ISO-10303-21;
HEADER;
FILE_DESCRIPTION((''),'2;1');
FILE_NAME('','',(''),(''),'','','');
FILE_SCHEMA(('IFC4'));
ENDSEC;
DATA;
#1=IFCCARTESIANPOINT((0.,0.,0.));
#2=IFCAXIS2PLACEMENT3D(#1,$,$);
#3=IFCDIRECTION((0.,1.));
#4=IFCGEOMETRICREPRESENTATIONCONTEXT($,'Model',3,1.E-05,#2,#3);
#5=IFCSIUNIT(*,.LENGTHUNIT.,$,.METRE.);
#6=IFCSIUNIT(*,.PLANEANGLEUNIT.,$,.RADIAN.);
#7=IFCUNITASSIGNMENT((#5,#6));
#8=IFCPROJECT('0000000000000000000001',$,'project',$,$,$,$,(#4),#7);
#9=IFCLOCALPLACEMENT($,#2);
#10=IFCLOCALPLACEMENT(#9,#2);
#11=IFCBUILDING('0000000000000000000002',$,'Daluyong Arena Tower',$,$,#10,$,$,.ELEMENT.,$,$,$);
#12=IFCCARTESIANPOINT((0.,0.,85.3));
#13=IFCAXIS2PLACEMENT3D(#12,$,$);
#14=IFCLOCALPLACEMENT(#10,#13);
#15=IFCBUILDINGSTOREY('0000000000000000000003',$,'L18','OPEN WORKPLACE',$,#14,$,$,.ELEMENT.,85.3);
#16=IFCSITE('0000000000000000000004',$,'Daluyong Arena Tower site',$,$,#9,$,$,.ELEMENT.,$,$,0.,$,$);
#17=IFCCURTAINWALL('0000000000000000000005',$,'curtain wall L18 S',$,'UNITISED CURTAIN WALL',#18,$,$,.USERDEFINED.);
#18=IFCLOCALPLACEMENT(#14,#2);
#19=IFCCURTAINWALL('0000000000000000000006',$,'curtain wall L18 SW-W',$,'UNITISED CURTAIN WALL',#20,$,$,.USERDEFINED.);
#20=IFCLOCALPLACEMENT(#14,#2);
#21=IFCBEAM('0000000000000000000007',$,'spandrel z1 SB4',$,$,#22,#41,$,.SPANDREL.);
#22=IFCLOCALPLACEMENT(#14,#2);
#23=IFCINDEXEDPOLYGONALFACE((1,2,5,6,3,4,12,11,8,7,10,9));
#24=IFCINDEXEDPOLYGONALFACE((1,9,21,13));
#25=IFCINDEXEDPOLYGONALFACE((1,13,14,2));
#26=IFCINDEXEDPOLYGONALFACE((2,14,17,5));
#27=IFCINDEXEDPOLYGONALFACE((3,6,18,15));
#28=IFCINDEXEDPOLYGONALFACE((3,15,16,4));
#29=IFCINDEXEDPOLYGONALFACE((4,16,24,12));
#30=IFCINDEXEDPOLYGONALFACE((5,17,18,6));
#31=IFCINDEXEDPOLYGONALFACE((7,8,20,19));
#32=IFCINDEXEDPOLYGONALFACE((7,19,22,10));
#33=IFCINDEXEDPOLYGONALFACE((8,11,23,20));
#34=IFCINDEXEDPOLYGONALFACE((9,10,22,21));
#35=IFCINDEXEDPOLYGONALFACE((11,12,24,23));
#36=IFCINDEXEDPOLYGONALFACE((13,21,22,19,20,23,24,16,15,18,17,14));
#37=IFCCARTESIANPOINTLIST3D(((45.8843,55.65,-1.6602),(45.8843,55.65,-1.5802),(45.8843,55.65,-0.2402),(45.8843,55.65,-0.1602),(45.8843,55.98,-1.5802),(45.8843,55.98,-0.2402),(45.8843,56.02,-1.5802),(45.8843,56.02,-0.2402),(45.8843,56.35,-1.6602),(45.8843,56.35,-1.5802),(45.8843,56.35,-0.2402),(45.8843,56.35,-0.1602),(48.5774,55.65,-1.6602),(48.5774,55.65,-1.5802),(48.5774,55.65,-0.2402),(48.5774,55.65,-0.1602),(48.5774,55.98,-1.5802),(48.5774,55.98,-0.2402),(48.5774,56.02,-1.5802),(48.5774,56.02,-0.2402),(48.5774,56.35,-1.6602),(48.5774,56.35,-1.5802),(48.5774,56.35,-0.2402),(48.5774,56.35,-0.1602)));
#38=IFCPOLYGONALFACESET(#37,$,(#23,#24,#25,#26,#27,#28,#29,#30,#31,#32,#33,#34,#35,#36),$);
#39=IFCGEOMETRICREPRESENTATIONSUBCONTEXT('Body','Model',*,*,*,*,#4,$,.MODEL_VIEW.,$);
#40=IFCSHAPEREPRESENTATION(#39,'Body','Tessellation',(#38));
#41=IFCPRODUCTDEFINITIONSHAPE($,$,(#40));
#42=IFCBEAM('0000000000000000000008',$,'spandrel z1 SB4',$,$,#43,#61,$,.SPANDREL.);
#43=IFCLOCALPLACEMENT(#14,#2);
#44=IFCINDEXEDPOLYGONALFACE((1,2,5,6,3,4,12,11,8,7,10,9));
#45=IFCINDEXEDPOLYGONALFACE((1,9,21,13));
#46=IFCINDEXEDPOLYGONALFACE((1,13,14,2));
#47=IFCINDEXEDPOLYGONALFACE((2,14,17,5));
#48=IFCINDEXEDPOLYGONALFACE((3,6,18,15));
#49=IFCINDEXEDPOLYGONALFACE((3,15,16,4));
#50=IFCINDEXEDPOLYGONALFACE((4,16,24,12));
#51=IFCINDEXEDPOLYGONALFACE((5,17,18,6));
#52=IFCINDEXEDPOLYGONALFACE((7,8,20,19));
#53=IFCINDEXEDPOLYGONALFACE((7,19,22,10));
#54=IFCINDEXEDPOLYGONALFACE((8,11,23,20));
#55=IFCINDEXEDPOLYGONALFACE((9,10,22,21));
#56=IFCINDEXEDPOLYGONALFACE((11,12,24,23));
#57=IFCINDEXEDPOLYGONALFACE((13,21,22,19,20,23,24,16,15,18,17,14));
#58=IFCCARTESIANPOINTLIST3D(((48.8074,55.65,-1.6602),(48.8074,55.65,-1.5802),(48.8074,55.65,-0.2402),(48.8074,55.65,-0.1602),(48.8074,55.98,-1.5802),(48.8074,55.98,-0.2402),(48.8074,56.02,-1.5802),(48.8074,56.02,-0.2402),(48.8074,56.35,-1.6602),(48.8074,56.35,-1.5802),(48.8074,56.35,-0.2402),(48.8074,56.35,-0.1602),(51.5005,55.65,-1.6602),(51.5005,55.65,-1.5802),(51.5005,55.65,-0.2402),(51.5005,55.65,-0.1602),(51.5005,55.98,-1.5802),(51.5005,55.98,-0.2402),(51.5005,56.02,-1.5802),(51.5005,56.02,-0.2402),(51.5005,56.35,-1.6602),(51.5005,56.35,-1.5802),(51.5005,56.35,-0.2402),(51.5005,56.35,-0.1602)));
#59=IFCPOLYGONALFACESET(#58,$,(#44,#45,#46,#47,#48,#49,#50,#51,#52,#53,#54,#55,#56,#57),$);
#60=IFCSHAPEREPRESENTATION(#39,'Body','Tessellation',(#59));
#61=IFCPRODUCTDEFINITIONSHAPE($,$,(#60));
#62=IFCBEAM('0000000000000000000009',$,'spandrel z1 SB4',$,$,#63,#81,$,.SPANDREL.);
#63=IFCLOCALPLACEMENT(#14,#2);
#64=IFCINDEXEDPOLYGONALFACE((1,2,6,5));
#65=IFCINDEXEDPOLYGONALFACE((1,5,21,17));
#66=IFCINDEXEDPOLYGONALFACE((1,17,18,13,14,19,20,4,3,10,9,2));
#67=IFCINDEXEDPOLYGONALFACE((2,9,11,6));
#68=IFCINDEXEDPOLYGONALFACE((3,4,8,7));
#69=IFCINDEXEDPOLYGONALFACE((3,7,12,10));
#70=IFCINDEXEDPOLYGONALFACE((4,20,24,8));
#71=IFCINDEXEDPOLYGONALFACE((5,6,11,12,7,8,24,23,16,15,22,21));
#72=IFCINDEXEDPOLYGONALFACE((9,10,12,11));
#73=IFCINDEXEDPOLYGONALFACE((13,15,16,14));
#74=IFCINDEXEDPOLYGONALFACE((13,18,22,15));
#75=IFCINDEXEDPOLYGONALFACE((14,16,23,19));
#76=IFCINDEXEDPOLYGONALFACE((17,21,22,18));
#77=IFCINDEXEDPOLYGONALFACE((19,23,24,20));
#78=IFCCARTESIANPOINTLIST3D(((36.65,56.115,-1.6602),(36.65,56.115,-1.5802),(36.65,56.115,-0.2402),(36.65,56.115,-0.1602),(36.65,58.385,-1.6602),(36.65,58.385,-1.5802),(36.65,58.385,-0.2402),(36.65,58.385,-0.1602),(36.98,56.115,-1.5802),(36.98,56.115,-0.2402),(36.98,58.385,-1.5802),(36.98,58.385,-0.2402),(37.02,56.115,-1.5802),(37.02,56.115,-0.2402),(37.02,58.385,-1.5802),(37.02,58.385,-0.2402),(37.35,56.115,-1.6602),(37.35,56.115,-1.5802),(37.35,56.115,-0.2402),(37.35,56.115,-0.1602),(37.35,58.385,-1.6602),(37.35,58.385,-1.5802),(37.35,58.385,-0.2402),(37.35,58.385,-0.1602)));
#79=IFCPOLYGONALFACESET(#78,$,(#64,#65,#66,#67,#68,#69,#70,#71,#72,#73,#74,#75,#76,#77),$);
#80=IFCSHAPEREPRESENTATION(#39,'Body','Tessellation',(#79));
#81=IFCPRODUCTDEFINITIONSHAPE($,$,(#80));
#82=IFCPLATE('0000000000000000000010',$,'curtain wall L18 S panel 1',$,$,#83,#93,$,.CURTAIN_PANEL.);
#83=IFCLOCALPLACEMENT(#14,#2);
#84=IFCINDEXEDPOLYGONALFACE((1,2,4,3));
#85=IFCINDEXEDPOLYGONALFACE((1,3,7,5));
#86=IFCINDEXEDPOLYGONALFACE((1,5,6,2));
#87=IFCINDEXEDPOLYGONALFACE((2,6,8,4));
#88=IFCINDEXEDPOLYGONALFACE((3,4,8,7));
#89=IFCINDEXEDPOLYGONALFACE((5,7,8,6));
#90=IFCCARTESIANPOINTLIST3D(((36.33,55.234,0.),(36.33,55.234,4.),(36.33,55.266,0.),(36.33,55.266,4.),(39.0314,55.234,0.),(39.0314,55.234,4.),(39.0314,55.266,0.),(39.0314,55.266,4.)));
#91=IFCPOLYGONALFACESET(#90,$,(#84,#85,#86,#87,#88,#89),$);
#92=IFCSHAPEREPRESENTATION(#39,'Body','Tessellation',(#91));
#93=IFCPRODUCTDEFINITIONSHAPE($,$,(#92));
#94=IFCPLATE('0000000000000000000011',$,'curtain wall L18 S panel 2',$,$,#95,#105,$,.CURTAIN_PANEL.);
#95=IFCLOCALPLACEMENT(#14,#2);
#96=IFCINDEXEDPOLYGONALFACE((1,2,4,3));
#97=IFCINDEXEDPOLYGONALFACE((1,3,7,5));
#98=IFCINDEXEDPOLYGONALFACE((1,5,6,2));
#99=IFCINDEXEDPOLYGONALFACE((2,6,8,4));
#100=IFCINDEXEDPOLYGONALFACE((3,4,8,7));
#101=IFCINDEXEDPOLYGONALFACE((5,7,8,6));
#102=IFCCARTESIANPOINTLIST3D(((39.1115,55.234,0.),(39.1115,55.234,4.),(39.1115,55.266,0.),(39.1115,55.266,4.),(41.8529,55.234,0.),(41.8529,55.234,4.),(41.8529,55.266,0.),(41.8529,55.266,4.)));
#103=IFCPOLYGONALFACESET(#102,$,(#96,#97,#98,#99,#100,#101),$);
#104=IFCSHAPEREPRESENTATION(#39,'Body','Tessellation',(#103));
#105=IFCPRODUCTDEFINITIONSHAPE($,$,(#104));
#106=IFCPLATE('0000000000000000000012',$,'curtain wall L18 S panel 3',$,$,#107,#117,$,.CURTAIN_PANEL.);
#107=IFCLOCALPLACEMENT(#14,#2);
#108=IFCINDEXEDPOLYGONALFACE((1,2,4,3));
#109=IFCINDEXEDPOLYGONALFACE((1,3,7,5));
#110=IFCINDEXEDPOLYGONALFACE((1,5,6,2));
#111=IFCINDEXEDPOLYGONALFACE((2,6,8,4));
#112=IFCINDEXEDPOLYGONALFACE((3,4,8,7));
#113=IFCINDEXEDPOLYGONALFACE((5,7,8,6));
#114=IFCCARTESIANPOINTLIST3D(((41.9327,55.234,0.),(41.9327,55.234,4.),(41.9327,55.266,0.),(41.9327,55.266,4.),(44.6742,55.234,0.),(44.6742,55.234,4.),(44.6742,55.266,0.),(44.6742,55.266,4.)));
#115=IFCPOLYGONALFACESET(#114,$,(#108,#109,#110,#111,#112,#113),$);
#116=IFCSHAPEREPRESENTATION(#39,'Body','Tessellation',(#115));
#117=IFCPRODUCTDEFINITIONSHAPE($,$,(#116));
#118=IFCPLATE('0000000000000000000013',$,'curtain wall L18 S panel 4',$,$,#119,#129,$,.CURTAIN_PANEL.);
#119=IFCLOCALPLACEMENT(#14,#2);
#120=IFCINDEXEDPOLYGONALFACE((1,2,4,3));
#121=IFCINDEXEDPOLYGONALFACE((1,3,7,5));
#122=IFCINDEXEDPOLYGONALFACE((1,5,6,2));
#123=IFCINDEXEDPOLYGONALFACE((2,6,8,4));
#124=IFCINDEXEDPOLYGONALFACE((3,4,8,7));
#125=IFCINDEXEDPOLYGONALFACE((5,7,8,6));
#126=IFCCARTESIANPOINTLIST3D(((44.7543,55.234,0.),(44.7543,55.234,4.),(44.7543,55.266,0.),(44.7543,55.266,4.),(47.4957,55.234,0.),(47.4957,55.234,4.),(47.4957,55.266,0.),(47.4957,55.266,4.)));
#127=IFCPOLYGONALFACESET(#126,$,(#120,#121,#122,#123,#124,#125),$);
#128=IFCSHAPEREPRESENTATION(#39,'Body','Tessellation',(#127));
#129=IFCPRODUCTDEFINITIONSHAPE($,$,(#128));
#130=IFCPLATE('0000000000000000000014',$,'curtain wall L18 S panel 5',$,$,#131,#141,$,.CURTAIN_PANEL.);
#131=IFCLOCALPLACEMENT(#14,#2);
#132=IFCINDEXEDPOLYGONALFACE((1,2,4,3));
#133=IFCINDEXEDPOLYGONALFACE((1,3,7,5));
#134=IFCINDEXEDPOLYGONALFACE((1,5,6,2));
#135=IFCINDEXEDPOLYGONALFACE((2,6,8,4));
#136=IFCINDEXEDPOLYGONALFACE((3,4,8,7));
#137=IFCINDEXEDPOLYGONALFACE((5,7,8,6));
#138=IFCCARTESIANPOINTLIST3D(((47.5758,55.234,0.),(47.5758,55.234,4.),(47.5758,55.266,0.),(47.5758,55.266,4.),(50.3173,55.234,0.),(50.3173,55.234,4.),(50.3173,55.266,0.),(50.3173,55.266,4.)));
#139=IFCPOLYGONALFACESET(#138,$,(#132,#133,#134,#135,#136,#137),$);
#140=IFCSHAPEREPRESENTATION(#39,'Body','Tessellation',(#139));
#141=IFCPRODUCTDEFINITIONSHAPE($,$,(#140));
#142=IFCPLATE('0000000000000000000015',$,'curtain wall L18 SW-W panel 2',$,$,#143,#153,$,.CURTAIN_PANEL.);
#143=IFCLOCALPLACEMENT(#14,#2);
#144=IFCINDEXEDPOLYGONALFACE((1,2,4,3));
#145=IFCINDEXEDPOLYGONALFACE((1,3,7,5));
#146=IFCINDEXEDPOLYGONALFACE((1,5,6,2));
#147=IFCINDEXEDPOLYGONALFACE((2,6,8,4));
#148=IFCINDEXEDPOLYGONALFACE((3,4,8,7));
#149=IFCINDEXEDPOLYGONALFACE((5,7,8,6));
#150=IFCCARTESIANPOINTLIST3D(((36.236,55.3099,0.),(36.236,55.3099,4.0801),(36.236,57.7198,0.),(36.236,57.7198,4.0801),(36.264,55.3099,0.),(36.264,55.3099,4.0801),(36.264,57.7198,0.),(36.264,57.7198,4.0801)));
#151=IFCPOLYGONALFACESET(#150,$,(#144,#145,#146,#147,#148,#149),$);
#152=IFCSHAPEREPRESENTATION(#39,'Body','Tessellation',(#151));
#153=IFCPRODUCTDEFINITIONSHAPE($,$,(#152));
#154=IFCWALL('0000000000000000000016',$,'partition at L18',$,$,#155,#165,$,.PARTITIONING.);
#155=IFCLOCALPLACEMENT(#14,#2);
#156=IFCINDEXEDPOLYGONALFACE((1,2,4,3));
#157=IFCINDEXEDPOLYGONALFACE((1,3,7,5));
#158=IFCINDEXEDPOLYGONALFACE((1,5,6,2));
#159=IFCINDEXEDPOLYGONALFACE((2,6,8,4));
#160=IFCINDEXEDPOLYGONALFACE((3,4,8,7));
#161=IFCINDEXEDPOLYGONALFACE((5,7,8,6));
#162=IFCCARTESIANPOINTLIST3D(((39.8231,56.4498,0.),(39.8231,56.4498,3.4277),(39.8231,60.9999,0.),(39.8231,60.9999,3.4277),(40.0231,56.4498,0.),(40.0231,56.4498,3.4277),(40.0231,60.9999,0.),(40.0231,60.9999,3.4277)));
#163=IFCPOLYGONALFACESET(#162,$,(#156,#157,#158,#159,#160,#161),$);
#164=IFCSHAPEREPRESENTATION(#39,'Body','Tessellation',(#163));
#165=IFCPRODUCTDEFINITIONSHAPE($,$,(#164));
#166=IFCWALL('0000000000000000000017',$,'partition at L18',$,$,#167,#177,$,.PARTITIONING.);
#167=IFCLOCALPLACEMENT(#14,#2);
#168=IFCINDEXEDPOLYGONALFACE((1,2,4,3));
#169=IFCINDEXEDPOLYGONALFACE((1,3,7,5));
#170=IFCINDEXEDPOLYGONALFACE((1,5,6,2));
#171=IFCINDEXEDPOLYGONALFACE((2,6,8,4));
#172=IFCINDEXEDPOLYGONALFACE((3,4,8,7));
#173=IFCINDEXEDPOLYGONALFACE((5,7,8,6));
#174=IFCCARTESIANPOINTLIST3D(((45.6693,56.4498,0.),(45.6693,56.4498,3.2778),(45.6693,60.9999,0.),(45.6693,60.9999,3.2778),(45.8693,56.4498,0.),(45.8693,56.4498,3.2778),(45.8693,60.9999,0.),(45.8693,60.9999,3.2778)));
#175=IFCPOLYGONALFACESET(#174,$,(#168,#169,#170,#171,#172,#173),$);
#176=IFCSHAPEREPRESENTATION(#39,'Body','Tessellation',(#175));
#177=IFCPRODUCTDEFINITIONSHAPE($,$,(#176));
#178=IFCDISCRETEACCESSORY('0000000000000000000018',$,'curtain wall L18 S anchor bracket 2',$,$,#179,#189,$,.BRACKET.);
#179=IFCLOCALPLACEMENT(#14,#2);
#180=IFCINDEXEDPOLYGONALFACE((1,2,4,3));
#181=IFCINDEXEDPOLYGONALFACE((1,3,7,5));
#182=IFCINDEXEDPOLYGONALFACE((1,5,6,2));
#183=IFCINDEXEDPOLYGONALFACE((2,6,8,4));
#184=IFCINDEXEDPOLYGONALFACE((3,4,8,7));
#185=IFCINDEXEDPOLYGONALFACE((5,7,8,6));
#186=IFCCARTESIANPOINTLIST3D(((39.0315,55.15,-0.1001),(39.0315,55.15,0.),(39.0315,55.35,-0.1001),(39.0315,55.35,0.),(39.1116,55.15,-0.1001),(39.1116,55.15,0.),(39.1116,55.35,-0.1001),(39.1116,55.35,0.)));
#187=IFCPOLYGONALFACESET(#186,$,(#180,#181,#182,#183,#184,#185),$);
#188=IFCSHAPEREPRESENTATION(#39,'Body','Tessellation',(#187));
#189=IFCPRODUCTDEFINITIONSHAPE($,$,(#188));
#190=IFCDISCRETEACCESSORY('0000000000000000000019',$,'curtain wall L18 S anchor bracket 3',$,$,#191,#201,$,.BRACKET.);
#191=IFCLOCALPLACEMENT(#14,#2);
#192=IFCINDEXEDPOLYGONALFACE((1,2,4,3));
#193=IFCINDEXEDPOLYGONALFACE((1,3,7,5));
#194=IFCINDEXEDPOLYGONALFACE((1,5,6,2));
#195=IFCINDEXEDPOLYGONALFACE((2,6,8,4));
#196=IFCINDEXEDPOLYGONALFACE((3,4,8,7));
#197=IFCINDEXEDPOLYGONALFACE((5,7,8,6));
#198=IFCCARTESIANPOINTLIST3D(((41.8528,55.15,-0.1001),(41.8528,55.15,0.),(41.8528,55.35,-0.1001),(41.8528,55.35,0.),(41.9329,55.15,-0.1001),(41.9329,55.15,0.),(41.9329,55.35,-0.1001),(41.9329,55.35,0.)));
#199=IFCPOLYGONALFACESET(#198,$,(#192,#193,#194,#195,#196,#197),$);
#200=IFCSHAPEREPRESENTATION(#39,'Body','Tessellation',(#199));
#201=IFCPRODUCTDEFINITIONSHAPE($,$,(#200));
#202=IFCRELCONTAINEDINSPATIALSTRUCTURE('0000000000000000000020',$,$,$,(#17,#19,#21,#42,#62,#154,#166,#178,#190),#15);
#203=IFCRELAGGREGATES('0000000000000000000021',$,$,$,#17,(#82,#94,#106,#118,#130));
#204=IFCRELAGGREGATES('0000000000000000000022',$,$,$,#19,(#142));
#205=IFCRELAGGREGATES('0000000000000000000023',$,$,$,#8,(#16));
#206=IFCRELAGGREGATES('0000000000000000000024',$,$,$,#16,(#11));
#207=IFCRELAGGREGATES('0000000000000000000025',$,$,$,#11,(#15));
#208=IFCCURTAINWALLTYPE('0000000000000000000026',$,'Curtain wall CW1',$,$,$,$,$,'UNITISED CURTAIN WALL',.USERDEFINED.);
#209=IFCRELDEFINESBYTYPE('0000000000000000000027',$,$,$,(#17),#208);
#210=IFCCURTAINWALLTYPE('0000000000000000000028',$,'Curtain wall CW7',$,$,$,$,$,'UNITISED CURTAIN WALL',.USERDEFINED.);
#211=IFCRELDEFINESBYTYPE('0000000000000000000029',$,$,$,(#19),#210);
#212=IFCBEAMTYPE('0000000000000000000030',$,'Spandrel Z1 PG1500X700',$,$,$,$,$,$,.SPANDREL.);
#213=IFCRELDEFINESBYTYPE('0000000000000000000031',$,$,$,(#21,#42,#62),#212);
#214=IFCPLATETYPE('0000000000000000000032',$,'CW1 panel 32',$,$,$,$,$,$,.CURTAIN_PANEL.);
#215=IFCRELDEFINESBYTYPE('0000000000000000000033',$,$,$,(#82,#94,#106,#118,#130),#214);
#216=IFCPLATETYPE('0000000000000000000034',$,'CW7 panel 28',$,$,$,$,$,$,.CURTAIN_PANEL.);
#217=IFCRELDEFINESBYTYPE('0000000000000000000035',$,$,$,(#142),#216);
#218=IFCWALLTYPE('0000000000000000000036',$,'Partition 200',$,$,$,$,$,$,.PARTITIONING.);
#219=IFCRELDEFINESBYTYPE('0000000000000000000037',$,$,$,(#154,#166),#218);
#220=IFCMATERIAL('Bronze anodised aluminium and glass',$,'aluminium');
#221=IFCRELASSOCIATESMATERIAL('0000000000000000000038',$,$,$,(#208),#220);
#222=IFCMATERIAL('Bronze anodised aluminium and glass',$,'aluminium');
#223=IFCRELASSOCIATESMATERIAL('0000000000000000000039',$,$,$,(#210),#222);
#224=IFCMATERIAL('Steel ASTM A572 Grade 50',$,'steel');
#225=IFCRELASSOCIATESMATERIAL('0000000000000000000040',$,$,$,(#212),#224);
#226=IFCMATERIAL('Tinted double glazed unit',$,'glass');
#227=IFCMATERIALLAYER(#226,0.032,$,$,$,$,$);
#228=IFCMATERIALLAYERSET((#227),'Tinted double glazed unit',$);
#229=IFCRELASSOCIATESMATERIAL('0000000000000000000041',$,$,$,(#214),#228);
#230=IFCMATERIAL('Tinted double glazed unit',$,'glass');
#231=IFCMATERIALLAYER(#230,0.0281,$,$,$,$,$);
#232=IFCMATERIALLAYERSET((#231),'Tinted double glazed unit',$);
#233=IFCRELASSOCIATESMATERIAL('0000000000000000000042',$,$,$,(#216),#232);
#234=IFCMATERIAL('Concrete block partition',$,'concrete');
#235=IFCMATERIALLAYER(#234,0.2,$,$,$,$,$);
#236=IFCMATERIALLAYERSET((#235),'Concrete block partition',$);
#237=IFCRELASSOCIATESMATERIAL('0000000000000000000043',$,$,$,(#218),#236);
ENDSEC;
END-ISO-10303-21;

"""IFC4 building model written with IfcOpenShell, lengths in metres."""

from ifc_helpers import new_model, si_unit, direction, frame, frame_2d, origin, origin_2d, place, context, subcontext, project, spatial, rectangle, i_section, extrude, material, layer, layer_set, material_profile, profile_set, type_object, element, aggregate, save


model = new_model("IFC4")

# Units and contexts
model_context = context("Model", 3, precision=1e-05, world=origin(), true_north=direction((0.0, 1.0)))
body_context = subcontext(model_context, "Body", "Model", "MODEL_VIEW")
ifc_project = project(units=[si_unit("LENGTHUNIT", "METRE"), si_unit("PLANEANGLEUNIT", "RADIAN")], contexts=[model_context])

# Site, building, storey
site_placement = place(None, origin())
site = spatial("IfcSite", under=ifc_project, at=site_placement, Name="Daluyong Arena Tower site", CompositionType="ELEMENT", RefElevation=0.0)
building_placement = place(site_placement, origin())
building = spatial("IfcBuilding", under=site, at=building_placement, Name="Daluyong Arena Tower", CompositionType="ELEMENT")
storey_placement = place(building_placement, frame((0.0, 0.0, 85.3)))
storey = spatial("IfcBuildingStorey", under=building, at=storey_placement, Name="L18", Description="OPEN WORKPLACE", CompositionType="ELEMENT", Elevation=85.3)

# Curtain walls
ifc_material_1 = material(Name="Bronze anodised aluminium and glass", Category="aluminium")
curtain_wall_type_1 = type_object("IfcCurtainWallType", Name="Curtain wall CW1", ElementType="UNITISED CURTAIN WALL", PredefinedType="USERDEFINED", material=ifc_material_1)
curtain_wall_1_placement = place(storey_placement, origin())
curtain_wall_1 = element("IfcCurtainWall", 1, at=curtain_wall_1_placement, inside=storey, type_object=curtain_wall_type_1, Name="curtain wall L18 S", ObjectType="UNITISED CURTAIN WALL", PredefinedType="USERDEFINED")
ifc_material_2 = material(Name="Bronze anodised aluminium and glass", Category="aluminium")
curtain_wall_type_2 = type_object("IfcCurtainWallType", Name="Curtain wall CW7", ElementType="UNITISED CURTAIN WALL", PredefinedType="USERDEFINED", material=ifc_material_2)
curtain_wall_2_placement = place(storey_placement, origin())
curtain_wall_2 = element("IfcCurtainWall", 2, at=curtain_wall_2_placement, inside=storey, type_object=curtain_wall_type_2, Name="curtain wall L18 SW-W", ObjectType="UNITISED CURTAIN WALL", PredefinedType="USERDEFINED")

# Beams
ifc_material_3 = material(Name="Steel ASTM A572 Grade 50", Category="steel")
ifc_material_profile_1 = material_profile(ifc_material_3, i_section(OverallWidth=0.7, OverallDepth=1.5, WebThickness=0.04, FlangeThickness=0.08, at=origin_2d()))
ifc_profile_set_1 = profile_set([ifc_material_profile_1], Name="Steel ASTM A572 Grade 50")
beam_type_1 = type_object("IfcBeamType", Name="Spandrel Z1 PG1500X700", PredefinedType="SPANDREL", material=ifc_profile_set_1)
for number, where, z_axis, x_axis, name in (
    (3, (45.8843, 56.0, -0.9102), (1.0, 0.0, 0.0), (0.0, 1.0, 0.0), "spandrel z1 SB4"),
    (4, (48.8074, 56.0, -0.9102), (1.0, 0.0, 0.0), (0.0, 1.0, 0.0), "spandrel z1 SB4"),
):
    element("IfcBeam", number, at=place(storey_placement, frame(where, z_axis=z_axis, x_axis=x_axis)), inside=storey, type_object=beam_type_1, Name=name, PredefinedType="SPANDREL", context=body_context, shape_type="SweptSolid", body=[
        extrude(i_section(OverallWidth=0.7, OverallDepth=1.5, WebThickness=0.04, FlangeThickness=0.08, at=origin_2d()), origin(), (0.0, 0.0, 1.0), 2.6931),
    ])
beam_1_placement = place(storey_placement, frame((37.0, 58.385, -0.9102), z_axis=(0.0, -1.0, 0.0), x_axis=(1.0, 0.0, 0.0)))
element("IfcBeam", 5, at=beam_1_placement, inside=storey, type_object=beam_type_1, Name="spandrel z1 SB4", PredefinedType="SPANDREL", context=body_context, shape_type="SweptSolid", body=[
    extrude(i_section(OverallWidth=0.7, OverallDepth=1.5, WebThickness=0.04, FlangeThickness=0.08, at=origin_2d()), origin(), (0.0, 0.0, 1.0), 2.27),
])

# Plates
ifc_material_4 = material(Name="Tinted double glazed unit", Category="glass")
ifc_layer_1 = layer(ifc_material_4, 0.032)
ifc_layer_set_1 = layer_set([ifc_layer_1], Name="Tinted double glazed unit")
plate_type_1 = type_object("IfcPlateType", Name="CW1 panel 32", PredefinedType="CURTAIN_PANEL", material=ifc_layer_set_1)
plate_1_placement = place(storey_placement, frame((37.6807, 55.25, 0.0), z_axis=(0.0, 0.0, 1.0), x_axis=(1.0, 0.0, 0.0)))
plate_1 = element("IfcPlate", 6, at=plate_1_placement, type_object=plate_type_1, Name="curtain wall L18 S panel 1", PredefinedType="CURTAIN_PANEL", context=body_context, shape_type="SweptSolid", body=[
    extrude(rectangle(XDim=2.7014, YDim=0.032, at=origin_2d()), origin(), (0.0, 0.0, 1.0), 4.0),
])
plate_2_placement = place(storey_placement, frame((40.4822, 55.25, 0.0), z_axis=(0.0, 0.0, 1.0), x_axis=(1.0, 0.0, 0.0)))
plate_2 = element("IfcPlate", 7, at=plate_2_placement, type_object=plate_type_1, Name="curtain wall L18 S panel 2", PredefinedType="CURTAIN_PANEL", context=body_context, shape_type="SweptSolid", body=[
    extrude(rectangle(XDim=2.7415, YDim=0.032, at=origin_2d()), origin(), (0.0, 0.0, 1.0), 4.0),
])
plate_3_placement = place(storey_placement, frame((43.3035, 55.25, 0.0), z_axis=(0.0, 0.0, 1.0), x_axis=(1.0, 0.0, 0.0)))
plate_3 = element("IfcPlate", 8, at=plate_3_placement, type_object=plate_type_1, Name="curtain wall L18 S panel 3", PredefinedType="CURTAIN_PANEL", context=body_context, shape_type="SweptSolid", body=[
    extrude(rectangle(XDim=2.7415, YDim=0.032, at=origin_2d()), origin(), (0.0, 0.0, 1.0), 4.0),
])
plate_4_placement = place(storey_placement, frame((46.125, 55.25, 0.0), z_axis=(0.0, 0.0, 1.0), x_axis=(1.0, 0.0, 0.0)))
plate_4 = element("IfcPlate", 9, at=plate_4_placement, type_object=plate_type_1, Name="curtain wall L18 S panel 4", PredefinedType="CURTAIN_PANEL", context=body_context, shape_type="SweptSolid", body=[
    extrude(rectangle(XDim=2.7415, YDim=0.032, at=origin_2d()), origin(), (0.0, 0.0, 1.0), 4.0),
])
plate_5_placement = place(storey_placement, frame((48.9465, 55.25, 0.0), z_axis=(0.0, 0.0, 1.0), x_axis=(1.0, 0.0, 0.0)))
plate_5 = element("IfcPlate", 10, at=plate_5_placement, type_object=plate_type_1, Name="curtain wall L18 S panel 5", PredefinedType="CURTAIN_PANEL", context=body_context, shape_type="SweptSolid", body=[
    extrude(rectangle(XDim=2.7415, YDim=0.032, at=origin_2d()), origin(), (0.0, 0.0, 1.0), 4.0),
])
aggregate(curtain_wall_1, [plate_1, plate_2, plate_3, plate_4, plate_5])
ifc_material_5 = material(Name="Tinted double glazed unit", Category="glass")
ifc_layer_2 = layer(ifc_material_5, 0.0281)
ifc_layer_set_2 = layer_set([ifc_layer_2], Name="Tinted double glazed unit")
plate_type_2 = type_object("IfcPlateType", Name="CW7 panel 28", PredefinedType="CURTAIN_PANEL", material=ifc_layer_set_2)
plate_6_placement = place(storey_placement, frame((36.25, 56.5149, 0.0), z_axis=(0.0, 0.0, 1.0), x_axis=(0.0, -1.0, 0.0)))
plate_6 = element("IfcPlate", 11, at=plate_6_placement, type_object=plate_type_2, Name="curtain wall L18 SW-W panel 2", PredefinedType="CURTAIN_PANEL", context=body_context, shape_type="SweptSolid", body=[
    extrude(rectangle(XDim=2.4099, YDim=0.0281, at=origin_2d()), origin(), (0.0, 0.0, 1.0), 4.0801),
])
aggregate(curtain_wall_2, [plate_6])

# Walls
ifc_material_6 = material(Name="Concrete block partition", Category="concrete")
ifc_layer_3 = layer(ifc_material_6, 0.2)
ifc_layer_set_3 = layer_set([ifc_layer_3], Name="Concrete block partition")
wall_type = type_object("IfcWallType", Name="Partition 200", PredefinedType="PARTITIONING", material=ifc_layer_set_3)
wall_1_placement = place(storey_placement, frame((39.9231, 56.45, 0.0), z_axis=(0.0, 0.0, 1.0), x_axis=(0.0, 1.0, 0.0)))
element("IfcWall", 12, at=wall_1_placement, inside=storey, type_object=wall_type, Name="partition at L18", PredefinedType="PARTITIONING", context=body_context, shape_type="SweptSolid", body=[
    extrude(rectangle(XDim=4.55, YDim=0.2, at=frame_2d((2.2749, 0.0))), origin(), (0.0, 0.0, 1.0), 3.4277),
])
wall_2_placement = place(storey_placement, frame((45.7693, 56.45, 0.0), z_axis=(0.0, 0.0, 1.0), x_axis=(0.0, 1.0, 0.0)))
element("IfcWall", 13, at=wall_2_placement, inside=storey, type_object=wall_type, Name="partition at L18", PredefinedType="PARTITIONING", context=body_context, shape_type="SweptSolid", body=[
    extrude(rectangle(XDim=4.55, YDim=0.2, at=frame_2d((2.2749, 0.0))), origin(), (0.0, 0.0, 1.0), 3.2778),
])

# Discrete accessories
for number, where, z_axis, x_axis, name in (
    (14, (39.0715, 55.25, -0.1001), (0.0, 0.0, 1.0), (1.0, 0.0, 0.0), "curtain wall L18 S anchor bracket 2"),
    (15, (41.8928, 55.25, -0.1001), (0.0, 0.0, 1.0), (1.0, 0.0, 0.0), "curtain wall L18 S anchor bracket 3"),
):
    element("IfcDiscreteAccessory", number, at=place(storey_placement, frame(where, z_axis=z_axis, x_axis=x_axis)), inside=storey, Name=name, PredefinedType="BRACKET", context=body_context, shape_type="SweptSolid", body=[
        extrude(rectangle(XDim=0.0801, YDim=0.2, at=origin_2d()), origin(), (0.0, 0.0, 1.0), 0.1001),
    ])

save(model, "model.ifc")
